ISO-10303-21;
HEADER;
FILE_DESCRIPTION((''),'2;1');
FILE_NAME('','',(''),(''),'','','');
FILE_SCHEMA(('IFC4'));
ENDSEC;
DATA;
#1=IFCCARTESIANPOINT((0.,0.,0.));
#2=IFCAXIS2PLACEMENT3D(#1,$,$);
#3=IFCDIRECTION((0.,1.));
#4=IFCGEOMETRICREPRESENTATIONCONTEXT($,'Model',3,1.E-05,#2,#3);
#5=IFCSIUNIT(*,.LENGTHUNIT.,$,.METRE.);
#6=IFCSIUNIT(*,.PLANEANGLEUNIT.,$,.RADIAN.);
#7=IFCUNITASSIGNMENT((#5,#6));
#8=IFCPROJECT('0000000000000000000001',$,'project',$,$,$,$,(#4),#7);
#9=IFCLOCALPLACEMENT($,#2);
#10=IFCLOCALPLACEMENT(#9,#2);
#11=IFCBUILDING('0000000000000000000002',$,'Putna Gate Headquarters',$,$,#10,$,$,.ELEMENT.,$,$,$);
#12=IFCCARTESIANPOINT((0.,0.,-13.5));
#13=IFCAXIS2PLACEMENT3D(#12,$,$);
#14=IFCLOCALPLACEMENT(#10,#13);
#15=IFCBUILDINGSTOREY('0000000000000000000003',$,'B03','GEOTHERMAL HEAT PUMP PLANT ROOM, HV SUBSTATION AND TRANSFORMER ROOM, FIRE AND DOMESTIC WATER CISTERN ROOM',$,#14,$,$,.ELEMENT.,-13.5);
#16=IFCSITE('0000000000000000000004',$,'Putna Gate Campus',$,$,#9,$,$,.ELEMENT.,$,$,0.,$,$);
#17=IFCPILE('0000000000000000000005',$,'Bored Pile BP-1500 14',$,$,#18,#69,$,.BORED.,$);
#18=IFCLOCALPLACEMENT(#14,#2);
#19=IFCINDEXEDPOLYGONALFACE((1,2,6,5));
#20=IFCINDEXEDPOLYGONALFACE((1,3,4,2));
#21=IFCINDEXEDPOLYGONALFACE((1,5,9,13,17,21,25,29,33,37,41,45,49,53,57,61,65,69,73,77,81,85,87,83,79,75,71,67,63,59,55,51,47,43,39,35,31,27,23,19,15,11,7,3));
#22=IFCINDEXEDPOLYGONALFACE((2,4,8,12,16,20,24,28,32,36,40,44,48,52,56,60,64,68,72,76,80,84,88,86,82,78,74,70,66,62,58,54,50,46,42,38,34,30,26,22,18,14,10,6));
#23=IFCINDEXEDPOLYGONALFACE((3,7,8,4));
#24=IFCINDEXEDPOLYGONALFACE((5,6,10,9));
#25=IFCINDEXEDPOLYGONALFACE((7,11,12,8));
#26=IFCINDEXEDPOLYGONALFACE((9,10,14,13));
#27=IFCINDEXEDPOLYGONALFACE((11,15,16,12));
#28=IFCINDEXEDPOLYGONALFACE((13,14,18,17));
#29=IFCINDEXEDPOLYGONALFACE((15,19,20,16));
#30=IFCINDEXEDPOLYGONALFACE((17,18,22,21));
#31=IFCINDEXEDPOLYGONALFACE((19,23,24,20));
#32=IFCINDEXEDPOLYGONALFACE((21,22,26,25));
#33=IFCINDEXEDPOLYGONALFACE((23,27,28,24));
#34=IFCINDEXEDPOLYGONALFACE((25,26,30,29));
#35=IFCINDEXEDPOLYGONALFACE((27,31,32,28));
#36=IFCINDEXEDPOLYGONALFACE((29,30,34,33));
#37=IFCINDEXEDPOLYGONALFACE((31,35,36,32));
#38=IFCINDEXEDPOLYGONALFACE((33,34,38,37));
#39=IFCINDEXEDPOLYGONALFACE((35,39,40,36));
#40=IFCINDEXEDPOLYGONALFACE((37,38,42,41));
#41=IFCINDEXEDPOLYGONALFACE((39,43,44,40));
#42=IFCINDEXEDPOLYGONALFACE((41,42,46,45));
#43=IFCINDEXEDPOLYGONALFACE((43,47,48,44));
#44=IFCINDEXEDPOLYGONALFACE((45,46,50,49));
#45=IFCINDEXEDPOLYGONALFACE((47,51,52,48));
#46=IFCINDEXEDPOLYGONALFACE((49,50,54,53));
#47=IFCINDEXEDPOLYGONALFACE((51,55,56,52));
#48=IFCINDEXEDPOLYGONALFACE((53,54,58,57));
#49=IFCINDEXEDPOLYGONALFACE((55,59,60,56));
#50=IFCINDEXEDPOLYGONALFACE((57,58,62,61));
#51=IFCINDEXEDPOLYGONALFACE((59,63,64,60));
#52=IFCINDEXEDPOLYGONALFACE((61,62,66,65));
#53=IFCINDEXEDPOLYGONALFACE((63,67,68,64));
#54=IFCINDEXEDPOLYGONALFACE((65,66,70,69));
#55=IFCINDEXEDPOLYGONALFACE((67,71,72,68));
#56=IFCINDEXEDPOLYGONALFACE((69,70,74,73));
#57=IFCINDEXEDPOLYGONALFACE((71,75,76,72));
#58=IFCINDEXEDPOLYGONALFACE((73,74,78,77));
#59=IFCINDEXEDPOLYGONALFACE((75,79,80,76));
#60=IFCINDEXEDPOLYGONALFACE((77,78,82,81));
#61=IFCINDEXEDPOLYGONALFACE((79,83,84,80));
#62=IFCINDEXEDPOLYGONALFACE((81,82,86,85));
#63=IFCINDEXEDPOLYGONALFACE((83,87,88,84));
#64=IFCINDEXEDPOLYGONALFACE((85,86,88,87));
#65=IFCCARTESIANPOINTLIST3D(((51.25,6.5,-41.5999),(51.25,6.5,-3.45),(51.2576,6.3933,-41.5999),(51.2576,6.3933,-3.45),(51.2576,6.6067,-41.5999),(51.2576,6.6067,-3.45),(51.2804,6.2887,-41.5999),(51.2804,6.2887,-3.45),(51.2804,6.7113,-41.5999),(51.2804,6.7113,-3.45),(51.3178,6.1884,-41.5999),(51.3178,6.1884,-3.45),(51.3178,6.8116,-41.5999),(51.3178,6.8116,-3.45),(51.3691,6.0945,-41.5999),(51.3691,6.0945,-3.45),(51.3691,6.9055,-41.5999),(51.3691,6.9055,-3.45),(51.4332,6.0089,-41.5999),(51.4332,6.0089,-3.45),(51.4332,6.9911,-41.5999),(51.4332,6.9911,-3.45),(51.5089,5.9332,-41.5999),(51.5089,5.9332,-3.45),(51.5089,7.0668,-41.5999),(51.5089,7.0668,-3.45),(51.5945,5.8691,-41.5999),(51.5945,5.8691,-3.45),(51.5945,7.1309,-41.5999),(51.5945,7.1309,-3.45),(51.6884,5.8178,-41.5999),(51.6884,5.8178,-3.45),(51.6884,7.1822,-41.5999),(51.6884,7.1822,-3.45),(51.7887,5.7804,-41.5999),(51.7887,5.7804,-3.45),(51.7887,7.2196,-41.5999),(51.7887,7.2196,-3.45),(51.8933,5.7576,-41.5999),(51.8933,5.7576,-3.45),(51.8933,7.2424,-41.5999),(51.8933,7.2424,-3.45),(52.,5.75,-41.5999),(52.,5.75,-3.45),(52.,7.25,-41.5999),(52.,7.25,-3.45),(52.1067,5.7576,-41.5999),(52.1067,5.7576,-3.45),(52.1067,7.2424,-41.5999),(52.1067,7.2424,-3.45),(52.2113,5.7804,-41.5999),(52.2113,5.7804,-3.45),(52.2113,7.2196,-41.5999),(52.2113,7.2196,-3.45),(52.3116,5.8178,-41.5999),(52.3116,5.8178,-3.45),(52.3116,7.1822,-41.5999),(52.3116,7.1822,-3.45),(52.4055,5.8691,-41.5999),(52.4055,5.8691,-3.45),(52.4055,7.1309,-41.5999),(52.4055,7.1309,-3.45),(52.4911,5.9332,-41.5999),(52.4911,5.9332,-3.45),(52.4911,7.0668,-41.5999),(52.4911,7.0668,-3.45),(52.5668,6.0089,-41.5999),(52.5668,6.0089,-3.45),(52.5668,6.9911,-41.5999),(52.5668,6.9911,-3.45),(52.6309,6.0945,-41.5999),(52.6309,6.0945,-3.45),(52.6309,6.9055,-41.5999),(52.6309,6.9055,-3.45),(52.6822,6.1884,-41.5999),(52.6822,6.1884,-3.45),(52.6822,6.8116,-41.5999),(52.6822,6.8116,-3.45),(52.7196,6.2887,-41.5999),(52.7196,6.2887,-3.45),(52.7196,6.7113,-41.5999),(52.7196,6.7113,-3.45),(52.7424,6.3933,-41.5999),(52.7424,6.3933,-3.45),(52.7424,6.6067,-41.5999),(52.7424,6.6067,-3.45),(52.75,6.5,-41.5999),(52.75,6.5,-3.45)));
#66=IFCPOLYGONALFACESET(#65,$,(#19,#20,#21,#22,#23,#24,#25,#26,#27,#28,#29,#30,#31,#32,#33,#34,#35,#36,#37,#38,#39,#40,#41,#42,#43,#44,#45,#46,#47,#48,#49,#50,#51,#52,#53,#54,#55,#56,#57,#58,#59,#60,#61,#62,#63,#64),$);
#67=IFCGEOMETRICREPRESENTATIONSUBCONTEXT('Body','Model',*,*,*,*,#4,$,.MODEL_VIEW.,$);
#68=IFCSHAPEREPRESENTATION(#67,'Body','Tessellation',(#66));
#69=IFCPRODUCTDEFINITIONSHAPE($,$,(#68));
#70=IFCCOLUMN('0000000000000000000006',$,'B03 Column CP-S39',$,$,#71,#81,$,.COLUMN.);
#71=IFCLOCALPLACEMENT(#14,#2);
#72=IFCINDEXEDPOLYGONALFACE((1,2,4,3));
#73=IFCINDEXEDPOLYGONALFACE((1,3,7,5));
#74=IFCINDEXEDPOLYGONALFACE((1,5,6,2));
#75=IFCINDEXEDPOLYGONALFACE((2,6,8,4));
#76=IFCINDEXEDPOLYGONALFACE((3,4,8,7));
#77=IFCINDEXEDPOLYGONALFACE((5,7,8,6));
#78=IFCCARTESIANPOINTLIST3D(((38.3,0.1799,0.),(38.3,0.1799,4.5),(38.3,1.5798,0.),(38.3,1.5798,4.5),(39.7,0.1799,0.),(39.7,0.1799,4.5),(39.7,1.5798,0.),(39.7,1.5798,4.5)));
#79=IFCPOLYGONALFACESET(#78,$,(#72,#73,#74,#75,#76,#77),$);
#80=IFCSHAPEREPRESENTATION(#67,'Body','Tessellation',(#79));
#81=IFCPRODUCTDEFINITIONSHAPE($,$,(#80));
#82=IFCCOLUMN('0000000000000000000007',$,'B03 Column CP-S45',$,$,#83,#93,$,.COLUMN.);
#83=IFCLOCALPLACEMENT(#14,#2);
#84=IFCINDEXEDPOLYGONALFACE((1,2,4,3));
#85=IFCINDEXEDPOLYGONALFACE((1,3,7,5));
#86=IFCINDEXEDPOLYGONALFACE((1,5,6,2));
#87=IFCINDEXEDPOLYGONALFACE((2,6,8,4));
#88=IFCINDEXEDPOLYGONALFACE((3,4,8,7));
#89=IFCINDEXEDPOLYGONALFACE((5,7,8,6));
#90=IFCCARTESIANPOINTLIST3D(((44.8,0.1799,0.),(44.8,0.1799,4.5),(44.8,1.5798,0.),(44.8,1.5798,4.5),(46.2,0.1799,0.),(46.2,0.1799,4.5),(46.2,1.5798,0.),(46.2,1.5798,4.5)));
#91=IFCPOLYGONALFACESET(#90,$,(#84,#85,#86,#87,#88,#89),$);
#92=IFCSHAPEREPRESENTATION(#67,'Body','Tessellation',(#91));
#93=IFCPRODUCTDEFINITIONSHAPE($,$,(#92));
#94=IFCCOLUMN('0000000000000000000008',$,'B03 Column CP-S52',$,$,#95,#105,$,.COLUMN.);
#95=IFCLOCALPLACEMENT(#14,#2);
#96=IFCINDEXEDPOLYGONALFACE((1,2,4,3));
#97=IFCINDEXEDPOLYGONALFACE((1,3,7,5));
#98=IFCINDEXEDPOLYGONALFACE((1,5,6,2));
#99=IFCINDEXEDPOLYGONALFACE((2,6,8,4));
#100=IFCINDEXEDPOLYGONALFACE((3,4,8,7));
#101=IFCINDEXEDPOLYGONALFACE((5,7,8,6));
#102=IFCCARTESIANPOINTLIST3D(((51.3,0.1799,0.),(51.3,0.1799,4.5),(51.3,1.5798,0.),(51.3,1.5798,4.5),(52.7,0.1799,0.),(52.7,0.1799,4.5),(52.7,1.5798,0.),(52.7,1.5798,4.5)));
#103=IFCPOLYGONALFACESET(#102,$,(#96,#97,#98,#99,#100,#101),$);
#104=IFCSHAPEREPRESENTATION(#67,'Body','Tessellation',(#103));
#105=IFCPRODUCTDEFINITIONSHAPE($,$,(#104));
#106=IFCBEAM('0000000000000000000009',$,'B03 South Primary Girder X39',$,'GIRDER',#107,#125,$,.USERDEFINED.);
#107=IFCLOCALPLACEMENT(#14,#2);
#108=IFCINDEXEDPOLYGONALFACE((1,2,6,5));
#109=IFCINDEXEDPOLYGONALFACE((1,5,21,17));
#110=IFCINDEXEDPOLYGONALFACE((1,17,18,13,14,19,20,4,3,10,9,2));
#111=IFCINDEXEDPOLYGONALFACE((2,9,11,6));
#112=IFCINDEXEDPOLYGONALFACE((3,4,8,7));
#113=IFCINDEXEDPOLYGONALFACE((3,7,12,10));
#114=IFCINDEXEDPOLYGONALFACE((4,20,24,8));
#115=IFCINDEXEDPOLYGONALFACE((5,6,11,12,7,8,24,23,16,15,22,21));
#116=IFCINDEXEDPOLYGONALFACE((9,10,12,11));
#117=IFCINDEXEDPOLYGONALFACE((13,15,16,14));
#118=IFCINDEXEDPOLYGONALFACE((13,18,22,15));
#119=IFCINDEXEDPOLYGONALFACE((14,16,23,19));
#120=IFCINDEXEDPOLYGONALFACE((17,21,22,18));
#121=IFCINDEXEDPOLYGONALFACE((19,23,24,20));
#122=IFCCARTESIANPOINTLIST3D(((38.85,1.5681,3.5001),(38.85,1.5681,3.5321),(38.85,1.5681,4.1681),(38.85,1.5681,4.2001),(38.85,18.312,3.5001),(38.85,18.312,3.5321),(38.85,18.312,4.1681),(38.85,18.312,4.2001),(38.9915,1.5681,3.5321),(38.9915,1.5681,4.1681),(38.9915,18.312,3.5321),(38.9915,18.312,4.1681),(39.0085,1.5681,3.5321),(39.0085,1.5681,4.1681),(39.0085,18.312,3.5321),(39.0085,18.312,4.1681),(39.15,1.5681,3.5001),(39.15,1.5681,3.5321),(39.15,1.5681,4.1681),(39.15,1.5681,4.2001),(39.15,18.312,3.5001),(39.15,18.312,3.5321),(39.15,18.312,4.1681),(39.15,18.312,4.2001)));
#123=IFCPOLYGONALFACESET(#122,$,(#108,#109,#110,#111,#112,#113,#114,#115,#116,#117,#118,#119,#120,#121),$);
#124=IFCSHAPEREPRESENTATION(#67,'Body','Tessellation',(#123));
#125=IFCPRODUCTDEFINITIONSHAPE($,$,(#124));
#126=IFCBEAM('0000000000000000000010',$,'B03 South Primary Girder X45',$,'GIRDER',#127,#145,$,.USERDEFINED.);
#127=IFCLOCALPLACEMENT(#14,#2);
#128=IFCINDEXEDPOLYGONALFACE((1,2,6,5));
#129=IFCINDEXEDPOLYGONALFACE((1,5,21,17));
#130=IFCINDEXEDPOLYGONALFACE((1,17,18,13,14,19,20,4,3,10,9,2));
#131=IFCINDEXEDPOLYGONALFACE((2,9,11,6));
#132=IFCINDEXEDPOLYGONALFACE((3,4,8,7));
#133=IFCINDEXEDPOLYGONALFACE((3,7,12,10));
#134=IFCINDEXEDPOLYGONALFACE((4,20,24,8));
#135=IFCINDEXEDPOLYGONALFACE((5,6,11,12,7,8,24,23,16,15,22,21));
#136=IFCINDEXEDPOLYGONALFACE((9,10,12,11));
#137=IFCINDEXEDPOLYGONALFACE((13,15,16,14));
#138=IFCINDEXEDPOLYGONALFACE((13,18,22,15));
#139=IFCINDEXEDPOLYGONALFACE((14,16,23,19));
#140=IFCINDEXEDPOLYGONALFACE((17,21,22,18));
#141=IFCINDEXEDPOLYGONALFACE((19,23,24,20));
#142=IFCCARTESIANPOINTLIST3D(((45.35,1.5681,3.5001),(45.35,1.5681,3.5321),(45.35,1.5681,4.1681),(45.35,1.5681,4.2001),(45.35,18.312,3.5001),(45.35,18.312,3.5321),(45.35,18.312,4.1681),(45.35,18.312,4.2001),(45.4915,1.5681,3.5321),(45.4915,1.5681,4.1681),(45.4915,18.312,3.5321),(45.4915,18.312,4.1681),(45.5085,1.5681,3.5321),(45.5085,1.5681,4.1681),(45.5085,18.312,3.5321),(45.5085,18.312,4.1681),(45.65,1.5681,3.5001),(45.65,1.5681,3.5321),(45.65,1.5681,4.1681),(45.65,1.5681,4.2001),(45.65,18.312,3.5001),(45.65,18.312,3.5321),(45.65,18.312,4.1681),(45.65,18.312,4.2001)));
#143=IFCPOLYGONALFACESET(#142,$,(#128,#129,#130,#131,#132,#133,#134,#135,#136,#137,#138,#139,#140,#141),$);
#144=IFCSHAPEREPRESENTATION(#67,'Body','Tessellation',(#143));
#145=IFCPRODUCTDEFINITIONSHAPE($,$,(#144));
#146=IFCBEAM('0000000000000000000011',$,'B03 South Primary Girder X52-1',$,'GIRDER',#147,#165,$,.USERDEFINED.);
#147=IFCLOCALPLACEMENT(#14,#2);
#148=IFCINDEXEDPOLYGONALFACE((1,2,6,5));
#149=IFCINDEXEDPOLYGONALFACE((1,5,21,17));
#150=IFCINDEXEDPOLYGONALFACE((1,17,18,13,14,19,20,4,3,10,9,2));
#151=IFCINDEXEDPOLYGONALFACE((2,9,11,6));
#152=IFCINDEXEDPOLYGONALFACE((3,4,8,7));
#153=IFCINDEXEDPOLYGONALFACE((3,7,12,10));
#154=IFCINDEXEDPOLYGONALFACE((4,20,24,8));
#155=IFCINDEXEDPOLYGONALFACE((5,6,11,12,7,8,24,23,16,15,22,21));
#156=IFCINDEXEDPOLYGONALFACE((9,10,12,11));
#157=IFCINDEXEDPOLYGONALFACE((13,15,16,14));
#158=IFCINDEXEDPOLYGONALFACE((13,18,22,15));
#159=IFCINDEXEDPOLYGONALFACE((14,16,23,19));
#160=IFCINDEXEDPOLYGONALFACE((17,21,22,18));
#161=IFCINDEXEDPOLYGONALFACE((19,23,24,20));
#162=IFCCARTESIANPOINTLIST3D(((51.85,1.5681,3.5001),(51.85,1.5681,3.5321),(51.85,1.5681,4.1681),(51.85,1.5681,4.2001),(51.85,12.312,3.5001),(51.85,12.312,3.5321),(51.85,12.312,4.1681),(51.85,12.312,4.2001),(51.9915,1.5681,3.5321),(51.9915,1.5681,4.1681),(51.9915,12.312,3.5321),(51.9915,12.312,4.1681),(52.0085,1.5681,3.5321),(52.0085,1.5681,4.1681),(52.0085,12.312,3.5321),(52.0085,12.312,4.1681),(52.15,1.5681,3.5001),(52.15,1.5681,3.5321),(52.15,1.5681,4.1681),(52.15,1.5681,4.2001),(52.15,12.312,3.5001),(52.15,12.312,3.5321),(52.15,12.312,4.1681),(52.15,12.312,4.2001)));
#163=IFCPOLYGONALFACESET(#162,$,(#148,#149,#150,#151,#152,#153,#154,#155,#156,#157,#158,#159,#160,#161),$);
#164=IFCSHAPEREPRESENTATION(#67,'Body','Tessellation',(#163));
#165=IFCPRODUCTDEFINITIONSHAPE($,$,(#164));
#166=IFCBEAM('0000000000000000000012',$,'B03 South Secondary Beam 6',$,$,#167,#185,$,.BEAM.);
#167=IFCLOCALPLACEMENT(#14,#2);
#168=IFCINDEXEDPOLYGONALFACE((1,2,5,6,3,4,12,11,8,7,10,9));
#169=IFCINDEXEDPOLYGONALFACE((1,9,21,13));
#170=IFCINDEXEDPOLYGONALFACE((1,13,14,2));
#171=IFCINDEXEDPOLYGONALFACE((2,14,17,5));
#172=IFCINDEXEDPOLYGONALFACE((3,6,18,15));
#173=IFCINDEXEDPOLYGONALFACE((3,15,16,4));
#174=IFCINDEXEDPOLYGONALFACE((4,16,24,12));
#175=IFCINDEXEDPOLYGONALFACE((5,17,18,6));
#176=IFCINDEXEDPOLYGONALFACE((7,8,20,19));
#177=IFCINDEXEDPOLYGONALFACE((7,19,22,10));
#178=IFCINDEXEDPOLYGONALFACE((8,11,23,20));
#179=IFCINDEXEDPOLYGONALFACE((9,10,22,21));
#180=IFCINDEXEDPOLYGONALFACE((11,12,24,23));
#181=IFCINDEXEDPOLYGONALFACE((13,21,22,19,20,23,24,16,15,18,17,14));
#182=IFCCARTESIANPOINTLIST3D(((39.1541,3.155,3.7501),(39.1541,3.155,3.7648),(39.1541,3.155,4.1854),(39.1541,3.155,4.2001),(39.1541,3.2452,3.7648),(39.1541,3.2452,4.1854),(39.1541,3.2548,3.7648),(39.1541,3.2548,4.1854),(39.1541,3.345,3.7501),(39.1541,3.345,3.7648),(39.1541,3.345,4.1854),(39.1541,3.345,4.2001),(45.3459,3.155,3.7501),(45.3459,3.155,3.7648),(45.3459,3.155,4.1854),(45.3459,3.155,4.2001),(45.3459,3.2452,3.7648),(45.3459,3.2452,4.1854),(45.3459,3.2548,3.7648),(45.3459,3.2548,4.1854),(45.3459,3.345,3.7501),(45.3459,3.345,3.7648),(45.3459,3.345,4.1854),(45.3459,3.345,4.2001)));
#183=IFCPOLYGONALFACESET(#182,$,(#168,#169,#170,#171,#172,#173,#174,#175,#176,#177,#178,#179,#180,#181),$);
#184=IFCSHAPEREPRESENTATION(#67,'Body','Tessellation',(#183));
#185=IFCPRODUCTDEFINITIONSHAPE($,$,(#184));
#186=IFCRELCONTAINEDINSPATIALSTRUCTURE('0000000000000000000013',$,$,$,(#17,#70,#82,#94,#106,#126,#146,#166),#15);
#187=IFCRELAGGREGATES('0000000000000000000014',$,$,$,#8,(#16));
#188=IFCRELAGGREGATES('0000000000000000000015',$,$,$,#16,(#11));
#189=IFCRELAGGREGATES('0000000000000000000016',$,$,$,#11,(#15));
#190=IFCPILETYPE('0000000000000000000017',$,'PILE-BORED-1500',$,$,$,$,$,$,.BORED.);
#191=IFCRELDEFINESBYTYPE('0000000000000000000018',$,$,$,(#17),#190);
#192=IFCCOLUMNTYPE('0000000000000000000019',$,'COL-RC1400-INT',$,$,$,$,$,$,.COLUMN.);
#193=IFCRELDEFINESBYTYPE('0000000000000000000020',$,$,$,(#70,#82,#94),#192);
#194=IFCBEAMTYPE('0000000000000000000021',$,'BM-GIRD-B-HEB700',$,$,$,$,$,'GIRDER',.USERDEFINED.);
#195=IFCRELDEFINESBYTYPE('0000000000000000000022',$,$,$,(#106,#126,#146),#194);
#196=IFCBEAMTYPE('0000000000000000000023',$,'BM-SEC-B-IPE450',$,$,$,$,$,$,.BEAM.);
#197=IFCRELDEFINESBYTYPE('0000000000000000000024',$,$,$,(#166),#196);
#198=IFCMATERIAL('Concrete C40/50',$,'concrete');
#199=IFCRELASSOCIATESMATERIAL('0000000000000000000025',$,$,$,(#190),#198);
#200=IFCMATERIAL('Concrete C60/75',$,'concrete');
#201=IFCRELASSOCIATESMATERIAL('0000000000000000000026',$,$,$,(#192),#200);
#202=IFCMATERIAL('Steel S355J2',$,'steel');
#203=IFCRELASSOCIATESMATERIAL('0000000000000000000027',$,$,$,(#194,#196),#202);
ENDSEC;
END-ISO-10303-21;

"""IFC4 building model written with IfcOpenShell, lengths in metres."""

from ifc_helpers import new_model, si_unit, direction, frame, origin, origin_2d, place, context, subcontext, project, spatial, rectangle, circle, i_section, extrude, material, material_profile, profile_set, type_object, element, save


model = new_model("IFC4")

# Units and contexts
model_context = context("Model", 3, precision=1e-05, world=origin(), true_north=direction((0.0, 1.0)))
body_context = subcontext(model_context, "Body", "Model", "MODEL_VIEW")
ifc_project = project(units=[si_unit("LENGTHUNIT", "METRE"), si_unit("PLANEANGLEUNIT", "RADIAN")], contexts=[model_context])

# Site, building, storey
site_placement = place(None, origin())
site = spatial("IfcSite", under=ifc_project, at=site_placement, Name="Putna Gate Campus", CompositionType="ELEMENT", RefElevation=0.0)
building_placement = place(site_placement, origin())
building = spatial("IfcBuilding", under=site, at=building_placement, Name="Putna Gate Headquarters", CompositionType="ELEMENT")
storey_placement = place(building_placement, frame((0.0, 0.0, -13.5)))
storey = spatial("IfcBuildingStorey", under=building, at=storey_placement, Name="B03", Description="GEOTHERMAL HEAT PUMP PLANT ROOM, HV SUBSTATION AND TRANSFORMER ROOM, FIRE AND DOMESTIC WATER CISTERN ROOM", CompositionType="ELEMENT", Elevation=-13.5)

# Shared definitions
ifc_material_1 = material(Name="Concrete C40/50", Category="concrete")

# Pile
ifc_material_profile_1 = material_profile(ifc_material_1, circle(Radius=0.75, at=origin_2d()), Name="Concrete C40/50")
ifc_profile_set_1 = profile_set([ifc_material_profile_1], Name="Concrete C40/50")
pile_type_1 = type_object("IfcPileType", Name="PILE-BORED-1500", PredefinedType="BORED", material=ifc_profile_set_1)
pile_placement = place(storey_placement, frame((52.0, 6.5, -3.45), z_axis=(0.0, 0.0, -1.0), x_axis=(1.0, 0.0, 0.0)))
element("IfcPile", 1, at=pile_placement, inside=storey, type_object=pile_type_1, Name="Bored Pile BP-1500 14", PredefinedType="BORED", context=body_context, shape_type="SweptSolid", body=[
    extrude(circle(Radius=0.75, at=origin_2d()), origin(), (0.0, 0.0, 1.0), 38.1499),
])

# Columns
ifc_material_2 = material(Name="Concrete C60/75", Category="concrete")
ifc_material_profile_2 = material_profile(ifc_material_2, rectangle(XDim=1.3999, YDim=1.3999, at=origin_2d()), Name="Concrete C60/75")
ifc_profile_set_2 = profile_set([ifc_material_profile_2], Name="Concrete C60/75")
column_type = type_object("IfcColumnType", Name="COL-RC1400-INT", PredefinedType="COLUMN", material=ifc_profile_set_2)
for number, where, z_axis, x_axis, name in (
    (2, (39.0, 0.8799, 0.0), (0.0, 0.0, 1.0), (1.0, 0.0, 0.0), "B03 Column CP-S39"),
    (3, (45.5, 0.8799, 0.0), (0.0, 0.0, 1.0), (1.0, 0.0, 0.0), "B03 Column CP-S45"),
    (4, (52.0, 0.8799, 0.0), (0.0, 0.0, 1.0), (1.0, 0.0, 0.0), "B03 Column CP-S52"),
):
    element("IfcColumn", number, at=place(storey_placement, frame(where, z_axis=z_axis, x_axis=x_axis)), inside=storey, type_object=column_type, Name=name, PredefinedType="COLUMN", context=body_context, shape_type="SweptSolid", body=[
        extrude(rectangle(XDim=1.3999, YDim=1.3999, at=origin_2d()), origin(), (0.0, 0.0, 1.0), 4.5),
    ])

# Beams
ifc_material_3 = material(Name="Steel S355J2", Category="steel")
ifc_material_profile_3 = material_profile(ifc_material_3, i_section(OverallWidth=0.3, OverallDepth=0.7, WebThickness=0.0171, FlangeThickness=0.032, at=origin_2d()), Name="Steel S355J2")
ifc_profile_set_3 = profile_set([ifc_material_profile_3], Name="Steel S355J2")
beam_type_1 = type_object("IfcBeamType", Name="BM-GIRD-B-HEB700", ElementType="GIRDER", PredefinedType="USERDEFINED", material=ifc_profile_set_3)
for number, where, z_axis, x_axis, name in (
    (5, (39.0, 1.5681, 3.8501), (0.0, 1.0, 0.0), (-1.0, 0.0, 0.0), "B03 South Primary Girder X39"),
    (6, (45.5, 1.5681, 3.8501), (0.0, 1.0, 0.0), (-1.0, 0.0, 0.0), "B03 South Primary Girder X45"),
):
    element("IfcBeam", number, at=place(storey_placement, frame(where, z_axis=z_axis, x_axis=x_axis)), inside=storey, type_object=beam_type_1, Name=name, ObjectType="GIRDER", PredefinedType="USERDEFINED", context=body_context, shape_type="SweptSolid", body=[
        extrude(i_section(OverallWidth=0.3, OverallDepth=0.7, WebThickness=0.0171, FlangeThickness=0.032, at=origin_2d()), origin(), (0.0, 0.0, 1.0), 16.7439),
    ])
beam_placement = place(storey_placement, frame((52.0, 1.5681, 3.8501), z_axis=(0.0, 1.0, 0.0), x_axis=(-1.0, 0.0, 0.0)))
element("IfcBeam", 7, at=beam_placement, inside=storey, type_object=beam_type_1, Name="B03 South Primary Girder X52-1", ObjectType="GIRDER", PredefinedType="USERDEFINED", context=body_context, shape_type="SweptSolid", body=[
    extrude(i_section(OverallWidth=0.3, OverallDepth=0.7, WebThickness=0.0171, FlangeThickness=0.032, at=origin_2d()), origin(), (0.0, 0.0, 1.0), 10.7439),
])
ifc_material_profile_4 = material_profile(ifc_material_3, i_section(OverallWidth=0.1899, OverallDepth=0.45, WebThickness=0.0095, FlangeThickness=0.0146, at=origin_2d()), Name="Steel S355J2")
ifc_profile_set_4 = profile_set([ifc_material_profile_4], Name="Steel S355J2")
beam_type_2 = type_object("IfcBeamType", Name="BM-SEC-B-IPE450", PredefinedType="BEAM", material=ifc_profile_set_4)
for number, where, z_axis, x_axis, name in (
    (8, (39.1541, 3.25, 3.9751), (1.0, 0.0, 0.0), (0.0, 1.0, 0.0), "B03 South Secondary Beam 6"),
):
    element("IfcBeam", number, at=place(storey_placement, frame(where, z_axis=z_axis, x_axis=x_axis)), inside=storey, type_object=beam_type_2, Name=name, PredefinedType="BEAM", context=body_context, shape_type="SweptSolid", body=[
        extrude(i_section(OverallWidth=0.1899, OverallDepth=0.45, WebThickness=0.0095, FlangeThickness=0.0146, at=origin_2d()), origin(), (0.0, 0.0, 1.0), 6.1919),
    ])

save(model, "model.ifc")
